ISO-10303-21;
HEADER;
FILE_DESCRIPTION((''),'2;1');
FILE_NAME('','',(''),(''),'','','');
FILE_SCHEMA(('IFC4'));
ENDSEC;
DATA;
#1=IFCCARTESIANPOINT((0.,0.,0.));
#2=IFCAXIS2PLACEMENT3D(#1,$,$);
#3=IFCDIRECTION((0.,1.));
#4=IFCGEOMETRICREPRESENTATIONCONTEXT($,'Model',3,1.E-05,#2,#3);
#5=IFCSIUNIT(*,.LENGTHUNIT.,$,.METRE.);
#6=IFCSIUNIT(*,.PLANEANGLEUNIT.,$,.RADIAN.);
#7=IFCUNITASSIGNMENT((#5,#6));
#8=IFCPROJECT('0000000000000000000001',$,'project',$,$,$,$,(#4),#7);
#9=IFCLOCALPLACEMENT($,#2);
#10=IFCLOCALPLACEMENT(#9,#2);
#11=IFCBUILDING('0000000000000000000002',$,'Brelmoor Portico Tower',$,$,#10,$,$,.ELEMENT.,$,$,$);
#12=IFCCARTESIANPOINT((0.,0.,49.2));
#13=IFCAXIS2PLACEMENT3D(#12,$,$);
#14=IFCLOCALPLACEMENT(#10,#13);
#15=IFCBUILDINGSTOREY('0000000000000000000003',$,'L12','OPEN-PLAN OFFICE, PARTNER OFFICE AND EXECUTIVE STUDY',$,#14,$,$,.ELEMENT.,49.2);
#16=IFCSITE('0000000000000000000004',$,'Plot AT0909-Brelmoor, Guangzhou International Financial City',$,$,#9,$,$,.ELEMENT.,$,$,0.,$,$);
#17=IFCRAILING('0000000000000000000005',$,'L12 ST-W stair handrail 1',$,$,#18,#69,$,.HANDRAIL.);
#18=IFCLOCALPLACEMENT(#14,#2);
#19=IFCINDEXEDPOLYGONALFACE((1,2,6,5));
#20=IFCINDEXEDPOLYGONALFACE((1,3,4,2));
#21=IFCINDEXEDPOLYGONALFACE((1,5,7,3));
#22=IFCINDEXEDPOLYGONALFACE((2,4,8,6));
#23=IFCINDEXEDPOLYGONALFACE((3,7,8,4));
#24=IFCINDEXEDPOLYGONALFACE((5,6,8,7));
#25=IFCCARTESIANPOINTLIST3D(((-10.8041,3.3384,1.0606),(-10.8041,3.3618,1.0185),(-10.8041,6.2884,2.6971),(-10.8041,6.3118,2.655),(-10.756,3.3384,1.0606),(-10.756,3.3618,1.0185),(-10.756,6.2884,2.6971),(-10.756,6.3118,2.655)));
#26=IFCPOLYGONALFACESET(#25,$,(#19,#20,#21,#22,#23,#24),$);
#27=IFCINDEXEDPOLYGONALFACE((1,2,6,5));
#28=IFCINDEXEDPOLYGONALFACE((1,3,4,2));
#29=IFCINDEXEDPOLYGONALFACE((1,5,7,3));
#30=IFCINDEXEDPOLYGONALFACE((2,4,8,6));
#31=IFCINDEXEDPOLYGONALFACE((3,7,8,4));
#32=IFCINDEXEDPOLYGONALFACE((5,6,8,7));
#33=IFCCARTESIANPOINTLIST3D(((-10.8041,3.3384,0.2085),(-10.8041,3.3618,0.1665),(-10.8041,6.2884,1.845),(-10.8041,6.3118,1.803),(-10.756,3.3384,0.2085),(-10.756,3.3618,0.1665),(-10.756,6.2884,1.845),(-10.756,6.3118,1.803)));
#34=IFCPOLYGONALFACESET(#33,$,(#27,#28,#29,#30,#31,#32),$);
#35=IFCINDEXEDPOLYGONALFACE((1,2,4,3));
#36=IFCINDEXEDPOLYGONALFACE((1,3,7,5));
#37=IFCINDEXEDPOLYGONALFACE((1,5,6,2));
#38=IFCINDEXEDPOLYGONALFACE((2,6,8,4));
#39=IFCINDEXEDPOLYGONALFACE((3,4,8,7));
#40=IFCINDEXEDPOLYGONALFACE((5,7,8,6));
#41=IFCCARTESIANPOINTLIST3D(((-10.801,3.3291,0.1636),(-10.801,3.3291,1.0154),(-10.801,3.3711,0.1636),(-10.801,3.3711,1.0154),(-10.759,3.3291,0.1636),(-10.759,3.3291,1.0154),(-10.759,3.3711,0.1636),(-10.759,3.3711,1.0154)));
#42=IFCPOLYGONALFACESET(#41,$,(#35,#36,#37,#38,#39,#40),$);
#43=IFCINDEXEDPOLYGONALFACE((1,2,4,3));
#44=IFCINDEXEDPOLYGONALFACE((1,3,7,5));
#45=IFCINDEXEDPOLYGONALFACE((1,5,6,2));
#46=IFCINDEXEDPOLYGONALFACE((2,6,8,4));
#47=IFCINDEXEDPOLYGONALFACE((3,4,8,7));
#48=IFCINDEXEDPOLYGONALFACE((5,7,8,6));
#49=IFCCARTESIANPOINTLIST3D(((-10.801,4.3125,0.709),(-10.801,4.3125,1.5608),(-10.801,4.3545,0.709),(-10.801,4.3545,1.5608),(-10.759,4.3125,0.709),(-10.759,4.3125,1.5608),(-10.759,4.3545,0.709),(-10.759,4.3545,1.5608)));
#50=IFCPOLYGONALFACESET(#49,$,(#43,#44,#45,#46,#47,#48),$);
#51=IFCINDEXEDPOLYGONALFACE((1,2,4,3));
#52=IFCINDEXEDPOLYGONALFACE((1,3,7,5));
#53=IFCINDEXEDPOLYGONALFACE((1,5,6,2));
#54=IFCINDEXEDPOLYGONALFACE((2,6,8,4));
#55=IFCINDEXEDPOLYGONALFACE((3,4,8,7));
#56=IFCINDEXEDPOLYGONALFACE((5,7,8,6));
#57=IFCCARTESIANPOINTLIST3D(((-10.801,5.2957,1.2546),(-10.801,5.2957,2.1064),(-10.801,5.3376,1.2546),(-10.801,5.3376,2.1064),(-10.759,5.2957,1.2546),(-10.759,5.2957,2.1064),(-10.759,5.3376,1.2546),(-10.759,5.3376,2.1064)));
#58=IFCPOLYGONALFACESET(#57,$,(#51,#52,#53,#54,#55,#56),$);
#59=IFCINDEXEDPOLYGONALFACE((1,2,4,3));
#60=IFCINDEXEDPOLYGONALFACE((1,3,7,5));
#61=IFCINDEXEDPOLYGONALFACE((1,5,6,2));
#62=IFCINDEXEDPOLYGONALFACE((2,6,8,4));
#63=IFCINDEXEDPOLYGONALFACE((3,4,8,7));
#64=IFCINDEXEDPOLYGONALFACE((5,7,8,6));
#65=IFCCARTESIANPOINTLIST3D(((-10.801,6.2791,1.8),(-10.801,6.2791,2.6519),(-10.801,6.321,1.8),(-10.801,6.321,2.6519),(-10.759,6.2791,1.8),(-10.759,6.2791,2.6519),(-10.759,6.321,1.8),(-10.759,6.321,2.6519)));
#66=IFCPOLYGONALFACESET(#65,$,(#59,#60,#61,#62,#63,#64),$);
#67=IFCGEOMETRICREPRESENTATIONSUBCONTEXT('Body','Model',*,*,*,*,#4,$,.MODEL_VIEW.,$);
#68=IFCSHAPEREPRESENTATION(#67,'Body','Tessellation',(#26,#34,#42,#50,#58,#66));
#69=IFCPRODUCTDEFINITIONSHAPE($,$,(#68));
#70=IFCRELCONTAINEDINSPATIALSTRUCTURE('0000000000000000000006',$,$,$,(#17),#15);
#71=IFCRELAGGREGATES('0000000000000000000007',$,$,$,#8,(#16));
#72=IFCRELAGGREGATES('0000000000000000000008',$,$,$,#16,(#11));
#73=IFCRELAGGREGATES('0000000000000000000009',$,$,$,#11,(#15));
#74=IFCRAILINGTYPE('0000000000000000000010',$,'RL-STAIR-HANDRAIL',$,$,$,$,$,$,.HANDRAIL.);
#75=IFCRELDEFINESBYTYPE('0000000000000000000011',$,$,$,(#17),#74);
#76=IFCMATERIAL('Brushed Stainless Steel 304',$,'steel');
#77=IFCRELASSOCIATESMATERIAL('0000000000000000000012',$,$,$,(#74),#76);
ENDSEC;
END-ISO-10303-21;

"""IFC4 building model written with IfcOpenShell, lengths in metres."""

from ifc_helpers import new_model, si_unit, direction, frame, origin, origin_2d, place, context, subcontext, project, spatial, rectangle, extrude, material, type_object, element, save


model = new_model("IFC4")

# Units and contexts
model_context = context("Model", 3, precision=1e-05, world=origin(), true_north=direction((0.0, 1.0)))
body_context = subcontext(model_context, "Body", "Model", "MODEL_VIEW")
ifc_project = project(units=[si_unit("LENGTHUNIT", "METRE"), si_unit("PLANEANGLEUNIT", "RADIAN")], contexts=[model_context])

# Site, building, storey
site_placement = place(None, origin())
site = spatial("IfcSite", under=ifc_project, at=site_placement, Name="Plot AT0909-Brelmoor, Guangzhou International Financial City", CompositionType="ELEMENT", RefElevation=0.0)
building_placement = place(site_placement, origin())
building = spatial("IfcBuilding", under=site, at=building_placement, Name="Brelmoor Portico Tower", CompositionType="ELEMENT")
storey_placement = place(building_placement, frame((0.0, 0.0, 49.2)))
storey = spatial("IfcBuildingStorey", under=building, at=storey_placement, Name="L12", Description="OPEN-PLAN OFFICE, PARTNER OFFICE AND EXECUTIVE STUDY", CompositionType="ELEMENT", Elevation=49.2)

# Railing
ifc_material_1 = material(Name="Brushed Stainless Steel 304", Category="steel")
railing_type_1 = type_object("IfcRailingType", Name="RL-STAIR-HANDRAIL", PredefinedType="HANDRAIL", material=ifc_material_1)
railing_1_placement = place(storey_placement, frame((-10.78, 3.3501, 0.1636)))
element("IfcRailing", 1, at=railing_1_placement, inside=storey, type_object=railing_type_1, Name="L12 ST-W stair handrail 1", PredefinedType="HANDRAIL", context=body_context, shape_type="SweptSolid", body=[
    extrude(rectangle(XDim=0.0481, YDim=0.0481, at=origin_2d()), frame((0.0, 0.0, 0.876), z_axis=(0.0, 0.874458, 0.485102), x_axis=(-1.0, 0.0, 0.0)), (0.0, 0.0, 1.0), 3.3735),
    extrude(rectangle(XDim=0.0481, YDim=0.0481, at=origin_2d()), frame((0.0, 0.0, 0.0239), z_axis=(0.0, 0.874458, 0.485102), x_axis=(-1.0, 0.0, 0.0)), (0.0, 0.0, 1.0), 3.3735),
    extrude(rectangle(XDim=0.042, YDim=0.042, at=origin_2d()), origin(), (0.0, 0.0, 1.0), 0.8518),
    extrude(rectangle(XDim=0.042, YDim=0.042, at=origin_2d()), frame((0.0, 0.9834, 0.5454)), (0.0, 0.0, 1.0), 0.8518),
    extrude(rectangle(XDim=0.042, YDim=0.042, at=origin_2d()), frame((0.0, 1.9666, 1.0911)), (0.0, 0.0, 1.0), 0.8518),
    extrude(rectangle(XDim=0.042, YDim=0.042, at=origin_2d()), frame((0.0, 2.95, 1.6365)), (0.0, 0.0, 1.0), 0.8518),
])

save(model, "model.ifc")
